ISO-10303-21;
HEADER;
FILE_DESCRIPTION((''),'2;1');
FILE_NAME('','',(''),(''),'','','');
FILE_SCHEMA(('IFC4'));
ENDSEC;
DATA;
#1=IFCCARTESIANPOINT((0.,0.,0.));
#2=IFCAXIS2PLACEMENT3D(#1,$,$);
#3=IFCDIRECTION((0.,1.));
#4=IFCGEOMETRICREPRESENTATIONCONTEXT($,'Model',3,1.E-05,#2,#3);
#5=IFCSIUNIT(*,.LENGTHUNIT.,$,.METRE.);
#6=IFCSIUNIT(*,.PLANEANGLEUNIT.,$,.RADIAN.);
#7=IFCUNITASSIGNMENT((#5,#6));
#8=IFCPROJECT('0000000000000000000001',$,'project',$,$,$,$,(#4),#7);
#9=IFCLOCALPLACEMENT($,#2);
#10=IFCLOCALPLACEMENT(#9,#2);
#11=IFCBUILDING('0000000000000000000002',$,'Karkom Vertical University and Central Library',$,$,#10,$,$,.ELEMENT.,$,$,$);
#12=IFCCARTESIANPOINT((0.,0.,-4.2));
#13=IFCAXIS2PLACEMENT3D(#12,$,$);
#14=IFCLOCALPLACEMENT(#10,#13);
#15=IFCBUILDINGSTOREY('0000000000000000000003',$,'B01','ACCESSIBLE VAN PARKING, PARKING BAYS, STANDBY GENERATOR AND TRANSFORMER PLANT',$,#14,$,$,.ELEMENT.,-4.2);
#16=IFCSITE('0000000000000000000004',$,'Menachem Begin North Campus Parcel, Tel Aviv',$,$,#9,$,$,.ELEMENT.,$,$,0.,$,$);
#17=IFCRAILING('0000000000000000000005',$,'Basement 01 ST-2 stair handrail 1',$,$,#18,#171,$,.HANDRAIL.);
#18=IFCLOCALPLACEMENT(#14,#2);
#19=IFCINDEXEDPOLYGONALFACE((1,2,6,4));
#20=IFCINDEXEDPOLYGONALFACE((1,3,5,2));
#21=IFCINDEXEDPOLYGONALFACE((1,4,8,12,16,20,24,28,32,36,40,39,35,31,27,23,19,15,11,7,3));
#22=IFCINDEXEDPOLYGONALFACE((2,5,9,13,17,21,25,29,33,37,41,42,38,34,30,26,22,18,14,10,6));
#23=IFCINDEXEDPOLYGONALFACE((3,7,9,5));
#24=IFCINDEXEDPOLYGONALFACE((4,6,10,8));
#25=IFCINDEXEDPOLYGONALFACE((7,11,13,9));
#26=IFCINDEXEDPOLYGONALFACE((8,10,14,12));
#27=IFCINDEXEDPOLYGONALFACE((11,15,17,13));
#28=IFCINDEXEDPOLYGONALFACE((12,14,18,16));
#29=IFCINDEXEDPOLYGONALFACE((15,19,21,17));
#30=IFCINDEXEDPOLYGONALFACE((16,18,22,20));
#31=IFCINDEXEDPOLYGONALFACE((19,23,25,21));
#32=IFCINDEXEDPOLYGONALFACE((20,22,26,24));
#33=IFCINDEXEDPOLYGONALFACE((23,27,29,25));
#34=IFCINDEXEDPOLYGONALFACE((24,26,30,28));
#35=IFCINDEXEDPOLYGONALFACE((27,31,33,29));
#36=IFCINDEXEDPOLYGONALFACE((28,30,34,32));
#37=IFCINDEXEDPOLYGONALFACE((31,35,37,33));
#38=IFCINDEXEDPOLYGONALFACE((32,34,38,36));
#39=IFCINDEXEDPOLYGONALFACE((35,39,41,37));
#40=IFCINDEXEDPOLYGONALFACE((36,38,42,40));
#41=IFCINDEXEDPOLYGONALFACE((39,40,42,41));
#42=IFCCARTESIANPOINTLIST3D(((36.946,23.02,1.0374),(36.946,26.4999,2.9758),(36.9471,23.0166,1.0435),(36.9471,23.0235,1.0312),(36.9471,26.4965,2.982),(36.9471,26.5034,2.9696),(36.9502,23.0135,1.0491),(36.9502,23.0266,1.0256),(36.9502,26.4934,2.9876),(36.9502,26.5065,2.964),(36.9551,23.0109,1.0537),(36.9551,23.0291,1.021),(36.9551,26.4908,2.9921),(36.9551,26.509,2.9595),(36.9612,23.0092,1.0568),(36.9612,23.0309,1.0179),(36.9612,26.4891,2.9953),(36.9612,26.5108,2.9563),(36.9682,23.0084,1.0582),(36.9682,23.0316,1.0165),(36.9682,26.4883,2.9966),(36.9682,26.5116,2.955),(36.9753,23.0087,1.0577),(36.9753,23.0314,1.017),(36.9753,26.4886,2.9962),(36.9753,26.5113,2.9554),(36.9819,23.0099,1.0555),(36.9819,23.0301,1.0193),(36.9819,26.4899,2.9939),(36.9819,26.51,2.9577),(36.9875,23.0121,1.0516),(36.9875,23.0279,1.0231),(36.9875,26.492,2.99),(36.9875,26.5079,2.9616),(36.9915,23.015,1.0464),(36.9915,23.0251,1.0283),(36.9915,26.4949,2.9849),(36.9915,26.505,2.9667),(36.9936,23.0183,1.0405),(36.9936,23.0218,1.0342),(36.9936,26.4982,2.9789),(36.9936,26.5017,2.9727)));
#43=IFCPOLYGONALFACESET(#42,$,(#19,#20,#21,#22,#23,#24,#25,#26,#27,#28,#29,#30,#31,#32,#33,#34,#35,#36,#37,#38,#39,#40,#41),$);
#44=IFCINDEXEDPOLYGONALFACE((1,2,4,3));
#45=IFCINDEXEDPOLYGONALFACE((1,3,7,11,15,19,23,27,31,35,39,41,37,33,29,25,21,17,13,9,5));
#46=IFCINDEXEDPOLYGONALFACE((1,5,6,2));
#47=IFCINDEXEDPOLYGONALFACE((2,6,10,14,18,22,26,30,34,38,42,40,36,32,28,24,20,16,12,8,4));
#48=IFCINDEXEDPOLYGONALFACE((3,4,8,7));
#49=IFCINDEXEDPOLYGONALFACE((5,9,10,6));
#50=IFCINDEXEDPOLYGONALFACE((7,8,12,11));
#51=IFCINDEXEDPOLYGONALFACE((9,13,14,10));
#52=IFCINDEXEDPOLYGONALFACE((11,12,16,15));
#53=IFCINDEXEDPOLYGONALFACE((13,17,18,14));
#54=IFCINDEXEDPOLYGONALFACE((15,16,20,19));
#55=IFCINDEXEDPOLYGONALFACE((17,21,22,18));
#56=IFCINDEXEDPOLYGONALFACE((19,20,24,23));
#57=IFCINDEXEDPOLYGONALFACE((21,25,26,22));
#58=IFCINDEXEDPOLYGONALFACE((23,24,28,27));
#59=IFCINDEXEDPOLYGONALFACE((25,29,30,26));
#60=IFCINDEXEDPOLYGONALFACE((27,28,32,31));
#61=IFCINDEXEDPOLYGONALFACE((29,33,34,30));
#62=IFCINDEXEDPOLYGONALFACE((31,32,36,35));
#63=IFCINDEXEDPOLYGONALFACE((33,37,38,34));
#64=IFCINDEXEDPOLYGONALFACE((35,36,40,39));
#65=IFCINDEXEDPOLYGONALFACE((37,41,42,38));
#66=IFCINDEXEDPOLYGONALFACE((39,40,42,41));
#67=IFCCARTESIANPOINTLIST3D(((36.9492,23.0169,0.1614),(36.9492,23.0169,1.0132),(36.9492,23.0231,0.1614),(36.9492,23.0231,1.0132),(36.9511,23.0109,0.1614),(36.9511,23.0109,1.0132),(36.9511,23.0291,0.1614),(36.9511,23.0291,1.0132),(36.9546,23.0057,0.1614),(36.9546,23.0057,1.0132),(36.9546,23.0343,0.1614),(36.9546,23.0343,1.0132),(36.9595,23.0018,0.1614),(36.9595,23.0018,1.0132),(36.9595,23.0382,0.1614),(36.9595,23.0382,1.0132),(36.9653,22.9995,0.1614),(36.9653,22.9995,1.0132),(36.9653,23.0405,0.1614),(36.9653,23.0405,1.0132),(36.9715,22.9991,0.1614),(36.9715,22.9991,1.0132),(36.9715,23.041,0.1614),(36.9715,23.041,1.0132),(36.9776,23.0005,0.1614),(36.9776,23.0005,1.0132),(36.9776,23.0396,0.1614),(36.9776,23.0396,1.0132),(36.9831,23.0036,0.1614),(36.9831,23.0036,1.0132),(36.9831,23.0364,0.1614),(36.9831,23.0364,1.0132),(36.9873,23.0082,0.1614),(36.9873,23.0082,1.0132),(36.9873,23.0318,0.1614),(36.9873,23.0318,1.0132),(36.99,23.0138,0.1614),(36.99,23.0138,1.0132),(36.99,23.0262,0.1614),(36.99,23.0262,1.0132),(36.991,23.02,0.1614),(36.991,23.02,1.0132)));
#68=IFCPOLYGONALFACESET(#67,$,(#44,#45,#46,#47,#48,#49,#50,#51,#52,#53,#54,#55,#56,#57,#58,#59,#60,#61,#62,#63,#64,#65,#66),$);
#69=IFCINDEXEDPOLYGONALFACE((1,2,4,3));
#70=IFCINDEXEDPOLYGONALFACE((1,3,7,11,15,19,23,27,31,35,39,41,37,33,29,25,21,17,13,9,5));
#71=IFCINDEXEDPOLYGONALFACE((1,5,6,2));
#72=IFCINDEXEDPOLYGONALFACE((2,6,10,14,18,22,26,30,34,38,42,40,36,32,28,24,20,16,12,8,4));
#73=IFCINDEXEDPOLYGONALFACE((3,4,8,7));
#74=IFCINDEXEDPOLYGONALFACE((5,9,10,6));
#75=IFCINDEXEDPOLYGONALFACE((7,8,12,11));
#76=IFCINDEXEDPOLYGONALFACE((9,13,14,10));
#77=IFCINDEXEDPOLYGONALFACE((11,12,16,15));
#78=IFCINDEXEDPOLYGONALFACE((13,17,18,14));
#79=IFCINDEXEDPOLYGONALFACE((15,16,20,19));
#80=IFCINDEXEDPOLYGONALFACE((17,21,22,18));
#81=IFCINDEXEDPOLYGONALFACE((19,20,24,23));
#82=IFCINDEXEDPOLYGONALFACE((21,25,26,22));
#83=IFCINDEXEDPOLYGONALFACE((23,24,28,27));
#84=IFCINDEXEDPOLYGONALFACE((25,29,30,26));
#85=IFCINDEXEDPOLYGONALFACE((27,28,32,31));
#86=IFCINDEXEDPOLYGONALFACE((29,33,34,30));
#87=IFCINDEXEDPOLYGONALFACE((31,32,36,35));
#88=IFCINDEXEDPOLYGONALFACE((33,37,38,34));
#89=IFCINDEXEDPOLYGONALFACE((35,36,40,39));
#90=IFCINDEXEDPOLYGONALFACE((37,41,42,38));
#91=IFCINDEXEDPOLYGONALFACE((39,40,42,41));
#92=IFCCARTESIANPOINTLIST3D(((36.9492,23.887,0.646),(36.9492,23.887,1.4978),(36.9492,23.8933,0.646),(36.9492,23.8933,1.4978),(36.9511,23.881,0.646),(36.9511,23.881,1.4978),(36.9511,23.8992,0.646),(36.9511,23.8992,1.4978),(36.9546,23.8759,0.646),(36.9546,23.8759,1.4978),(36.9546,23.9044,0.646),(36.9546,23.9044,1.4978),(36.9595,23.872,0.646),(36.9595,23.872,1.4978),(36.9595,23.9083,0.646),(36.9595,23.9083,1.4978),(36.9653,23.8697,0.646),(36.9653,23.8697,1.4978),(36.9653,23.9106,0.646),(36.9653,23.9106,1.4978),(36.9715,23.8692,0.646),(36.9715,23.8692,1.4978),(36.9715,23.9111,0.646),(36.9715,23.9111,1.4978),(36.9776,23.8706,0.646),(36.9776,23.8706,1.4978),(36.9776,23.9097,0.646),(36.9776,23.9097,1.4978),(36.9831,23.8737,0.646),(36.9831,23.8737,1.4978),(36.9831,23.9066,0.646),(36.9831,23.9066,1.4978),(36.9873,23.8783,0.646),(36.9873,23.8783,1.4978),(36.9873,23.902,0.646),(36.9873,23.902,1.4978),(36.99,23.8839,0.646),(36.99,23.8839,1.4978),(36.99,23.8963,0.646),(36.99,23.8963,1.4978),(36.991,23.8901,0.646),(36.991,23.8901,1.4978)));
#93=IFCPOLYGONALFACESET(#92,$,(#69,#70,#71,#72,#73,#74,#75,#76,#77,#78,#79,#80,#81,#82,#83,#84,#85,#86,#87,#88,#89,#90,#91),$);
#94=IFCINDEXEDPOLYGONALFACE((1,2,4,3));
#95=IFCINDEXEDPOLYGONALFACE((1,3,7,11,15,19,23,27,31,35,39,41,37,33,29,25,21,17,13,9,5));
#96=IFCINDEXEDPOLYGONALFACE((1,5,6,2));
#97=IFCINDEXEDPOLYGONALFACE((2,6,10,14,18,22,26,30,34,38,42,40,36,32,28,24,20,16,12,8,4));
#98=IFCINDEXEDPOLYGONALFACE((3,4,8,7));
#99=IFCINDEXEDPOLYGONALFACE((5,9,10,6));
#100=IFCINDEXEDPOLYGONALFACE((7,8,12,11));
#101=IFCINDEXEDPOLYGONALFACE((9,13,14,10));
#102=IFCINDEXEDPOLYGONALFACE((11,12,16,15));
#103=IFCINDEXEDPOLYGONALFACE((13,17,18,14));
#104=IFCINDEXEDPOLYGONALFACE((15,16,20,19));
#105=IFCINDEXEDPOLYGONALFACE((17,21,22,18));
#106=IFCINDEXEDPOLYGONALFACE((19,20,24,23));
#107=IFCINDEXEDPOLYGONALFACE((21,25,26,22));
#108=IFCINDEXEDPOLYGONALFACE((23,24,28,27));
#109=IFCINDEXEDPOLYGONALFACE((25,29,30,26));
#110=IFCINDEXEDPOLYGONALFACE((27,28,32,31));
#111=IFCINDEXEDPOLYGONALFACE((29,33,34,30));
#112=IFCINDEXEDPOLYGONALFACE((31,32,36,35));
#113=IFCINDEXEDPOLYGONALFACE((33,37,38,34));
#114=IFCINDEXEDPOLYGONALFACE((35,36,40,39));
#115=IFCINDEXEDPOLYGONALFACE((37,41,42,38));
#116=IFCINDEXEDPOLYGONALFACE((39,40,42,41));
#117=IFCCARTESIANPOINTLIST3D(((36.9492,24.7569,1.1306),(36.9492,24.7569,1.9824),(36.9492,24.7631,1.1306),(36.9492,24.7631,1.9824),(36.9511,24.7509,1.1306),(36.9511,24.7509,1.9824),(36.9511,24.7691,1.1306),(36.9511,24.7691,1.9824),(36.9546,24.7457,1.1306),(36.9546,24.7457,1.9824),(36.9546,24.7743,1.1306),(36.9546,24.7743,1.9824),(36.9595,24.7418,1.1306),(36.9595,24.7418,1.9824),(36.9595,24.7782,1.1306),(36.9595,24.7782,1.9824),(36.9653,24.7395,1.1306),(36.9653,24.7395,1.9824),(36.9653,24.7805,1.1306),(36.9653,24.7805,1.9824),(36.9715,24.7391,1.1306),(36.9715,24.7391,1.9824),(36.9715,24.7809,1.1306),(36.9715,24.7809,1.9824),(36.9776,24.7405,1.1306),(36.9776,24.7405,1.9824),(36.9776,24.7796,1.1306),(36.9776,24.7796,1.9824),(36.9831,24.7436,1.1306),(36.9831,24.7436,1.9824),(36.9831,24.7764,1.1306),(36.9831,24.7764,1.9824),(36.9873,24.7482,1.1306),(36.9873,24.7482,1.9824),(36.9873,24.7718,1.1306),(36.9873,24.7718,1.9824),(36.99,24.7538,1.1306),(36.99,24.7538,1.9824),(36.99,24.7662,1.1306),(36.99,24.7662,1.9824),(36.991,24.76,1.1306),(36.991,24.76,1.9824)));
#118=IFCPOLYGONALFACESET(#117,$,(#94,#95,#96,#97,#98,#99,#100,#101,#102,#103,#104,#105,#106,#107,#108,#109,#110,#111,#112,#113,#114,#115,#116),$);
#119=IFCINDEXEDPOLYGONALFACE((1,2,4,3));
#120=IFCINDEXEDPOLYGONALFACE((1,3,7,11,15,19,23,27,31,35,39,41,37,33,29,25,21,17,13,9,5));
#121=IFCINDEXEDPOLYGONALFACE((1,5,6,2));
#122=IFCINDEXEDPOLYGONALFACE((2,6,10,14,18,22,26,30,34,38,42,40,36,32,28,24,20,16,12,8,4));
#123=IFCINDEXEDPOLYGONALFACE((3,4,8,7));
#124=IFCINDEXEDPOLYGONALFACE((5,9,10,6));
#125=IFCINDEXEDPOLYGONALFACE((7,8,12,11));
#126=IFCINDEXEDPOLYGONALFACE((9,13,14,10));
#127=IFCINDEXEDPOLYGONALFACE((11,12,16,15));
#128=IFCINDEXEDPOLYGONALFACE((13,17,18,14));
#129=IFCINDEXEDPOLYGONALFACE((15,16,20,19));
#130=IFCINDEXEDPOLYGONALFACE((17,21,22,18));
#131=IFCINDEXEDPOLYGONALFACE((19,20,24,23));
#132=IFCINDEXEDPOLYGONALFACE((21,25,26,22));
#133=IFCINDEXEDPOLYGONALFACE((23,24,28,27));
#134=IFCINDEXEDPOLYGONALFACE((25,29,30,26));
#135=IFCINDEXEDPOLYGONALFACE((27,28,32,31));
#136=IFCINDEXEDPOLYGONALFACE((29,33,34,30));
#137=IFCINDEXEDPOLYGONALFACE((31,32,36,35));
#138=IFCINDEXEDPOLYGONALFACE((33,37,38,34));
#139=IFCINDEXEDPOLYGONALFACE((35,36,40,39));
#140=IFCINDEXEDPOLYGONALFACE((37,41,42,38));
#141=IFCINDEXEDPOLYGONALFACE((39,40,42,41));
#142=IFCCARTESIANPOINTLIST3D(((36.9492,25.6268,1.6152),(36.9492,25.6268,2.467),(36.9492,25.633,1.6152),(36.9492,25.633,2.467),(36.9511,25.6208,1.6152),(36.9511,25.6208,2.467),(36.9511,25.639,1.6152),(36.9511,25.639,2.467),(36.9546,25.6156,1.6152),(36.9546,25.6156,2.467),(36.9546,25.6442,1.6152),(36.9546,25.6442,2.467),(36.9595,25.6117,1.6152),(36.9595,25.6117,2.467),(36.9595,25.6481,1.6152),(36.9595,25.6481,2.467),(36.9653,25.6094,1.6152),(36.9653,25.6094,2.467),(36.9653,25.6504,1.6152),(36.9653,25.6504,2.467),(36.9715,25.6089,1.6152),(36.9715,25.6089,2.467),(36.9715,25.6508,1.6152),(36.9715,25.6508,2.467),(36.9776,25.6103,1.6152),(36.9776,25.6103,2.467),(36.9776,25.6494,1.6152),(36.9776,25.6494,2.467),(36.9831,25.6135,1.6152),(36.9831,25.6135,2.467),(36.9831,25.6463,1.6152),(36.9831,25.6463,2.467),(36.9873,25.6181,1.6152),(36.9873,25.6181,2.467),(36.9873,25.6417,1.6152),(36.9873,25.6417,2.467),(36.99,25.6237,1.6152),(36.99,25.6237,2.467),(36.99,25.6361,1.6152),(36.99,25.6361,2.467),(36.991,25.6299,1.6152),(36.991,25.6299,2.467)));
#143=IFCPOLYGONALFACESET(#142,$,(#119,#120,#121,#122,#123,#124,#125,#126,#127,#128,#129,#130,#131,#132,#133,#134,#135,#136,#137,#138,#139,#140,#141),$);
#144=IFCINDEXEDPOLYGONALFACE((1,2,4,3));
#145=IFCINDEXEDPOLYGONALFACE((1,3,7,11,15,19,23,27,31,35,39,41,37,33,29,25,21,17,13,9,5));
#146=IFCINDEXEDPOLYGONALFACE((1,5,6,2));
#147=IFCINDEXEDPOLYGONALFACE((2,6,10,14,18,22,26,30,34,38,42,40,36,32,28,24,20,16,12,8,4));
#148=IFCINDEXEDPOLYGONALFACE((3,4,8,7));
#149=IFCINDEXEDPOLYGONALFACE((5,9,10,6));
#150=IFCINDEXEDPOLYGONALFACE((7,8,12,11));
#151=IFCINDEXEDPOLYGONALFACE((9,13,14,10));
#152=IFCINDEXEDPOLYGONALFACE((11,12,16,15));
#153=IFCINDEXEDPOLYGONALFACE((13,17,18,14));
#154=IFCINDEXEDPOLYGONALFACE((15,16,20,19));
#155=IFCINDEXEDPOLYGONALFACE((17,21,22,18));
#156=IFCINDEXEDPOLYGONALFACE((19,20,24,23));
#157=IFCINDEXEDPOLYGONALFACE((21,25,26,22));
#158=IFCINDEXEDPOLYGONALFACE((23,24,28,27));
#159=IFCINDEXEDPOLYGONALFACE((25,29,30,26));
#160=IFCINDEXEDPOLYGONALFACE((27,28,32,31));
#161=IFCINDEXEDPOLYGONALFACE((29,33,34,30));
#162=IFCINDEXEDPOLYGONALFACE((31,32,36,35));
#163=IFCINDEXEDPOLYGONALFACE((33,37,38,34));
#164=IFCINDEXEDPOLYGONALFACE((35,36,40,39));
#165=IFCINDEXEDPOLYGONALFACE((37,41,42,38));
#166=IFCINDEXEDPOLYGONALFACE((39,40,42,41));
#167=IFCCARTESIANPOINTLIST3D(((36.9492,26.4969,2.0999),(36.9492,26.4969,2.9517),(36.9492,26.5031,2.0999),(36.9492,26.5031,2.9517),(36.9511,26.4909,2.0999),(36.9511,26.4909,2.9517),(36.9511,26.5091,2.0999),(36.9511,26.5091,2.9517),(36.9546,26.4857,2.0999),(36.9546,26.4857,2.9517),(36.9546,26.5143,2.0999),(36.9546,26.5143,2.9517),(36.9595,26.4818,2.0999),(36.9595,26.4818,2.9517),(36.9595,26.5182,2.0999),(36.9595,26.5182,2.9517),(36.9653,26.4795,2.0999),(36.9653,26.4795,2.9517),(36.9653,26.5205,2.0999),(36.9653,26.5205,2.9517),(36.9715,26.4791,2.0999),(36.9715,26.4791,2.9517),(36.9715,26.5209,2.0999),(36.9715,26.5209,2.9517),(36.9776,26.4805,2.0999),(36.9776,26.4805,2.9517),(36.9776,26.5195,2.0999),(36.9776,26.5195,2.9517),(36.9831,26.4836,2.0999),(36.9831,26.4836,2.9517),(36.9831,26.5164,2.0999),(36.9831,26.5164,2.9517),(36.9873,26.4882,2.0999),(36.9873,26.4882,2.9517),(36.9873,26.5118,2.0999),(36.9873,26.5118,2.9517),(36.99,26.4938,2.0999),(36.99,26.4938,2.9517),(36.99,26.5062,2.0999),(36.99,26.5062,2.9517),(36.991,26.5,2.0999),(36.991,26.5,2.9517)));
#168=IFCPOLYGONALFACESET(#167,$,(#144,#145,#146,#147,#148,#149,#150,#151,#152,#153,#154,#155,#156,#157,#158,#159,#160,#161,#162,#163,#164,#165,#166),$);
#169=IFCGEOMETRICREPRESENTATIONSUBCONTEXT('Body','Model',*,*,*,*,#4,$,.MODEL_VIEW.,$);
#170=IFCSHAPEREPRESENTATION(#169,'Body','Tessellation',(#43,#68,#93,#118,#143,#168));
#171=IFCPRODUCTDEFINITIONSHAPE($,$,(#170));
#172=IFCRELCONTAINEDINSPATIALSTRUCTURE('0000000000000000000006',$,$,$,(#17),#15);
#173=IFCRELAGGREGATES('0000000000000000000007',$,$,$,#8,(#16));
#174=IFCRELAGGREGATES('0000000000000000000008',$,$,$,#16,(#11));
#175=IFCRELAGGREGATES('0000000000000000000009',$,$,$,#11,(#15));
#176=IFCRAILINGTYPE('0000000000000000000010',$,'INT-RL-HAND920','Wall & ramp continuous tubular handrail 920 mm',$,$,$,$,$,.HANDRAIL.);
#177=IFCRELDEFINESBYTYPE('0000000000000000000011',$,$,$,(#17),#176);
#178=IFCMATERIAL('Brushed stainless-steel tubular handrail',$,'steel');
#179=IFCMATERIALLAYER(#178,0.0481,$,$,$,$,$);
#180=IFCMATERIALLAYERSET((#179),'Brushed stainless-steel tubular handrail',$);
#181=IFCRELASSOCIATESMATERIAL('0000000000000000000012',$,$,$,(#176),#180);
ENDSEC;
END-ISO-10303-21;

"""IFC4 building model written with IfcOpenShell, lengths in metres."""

from ifc_helpers import new_model, si_unit, direction, frame, origin, origin_2d, place, context, subcontext, project, spatial, circle, extrude, material, layer, layer_set, type_object, element, save


model = new_model("IFC4")

# Units and contexts
model_context = context("Model", 3, precision=1e-05, world=origin(), true_north=direction((0.0, 1.0)))
body_context = subcontext(model_context, "Body", "Model", "MODEL_VIEW")
ifc_project = project(units=[si_unit("LENGTHUNIT", "METRE"), si_unit("PLANEANGLEUNIT", "RADIAN")], contexts=[model_context])

# Site, building, storey
site_placement = place(None, origin())
site = spatial("IfcSite", under=ifc_project, at=site_placement, Name="Menachem Begin North Campus Parcel, Tel Aviv", CompositionType="ELEMENT", RefElevation=0.0)
building_placement = place(site_placement, origin())
building = spatial("IfcBuilding", under=site, at=building_placement, Name="Karkom Vertical University and Central Library", CompositionType="ELEMENT")
storey_placement = place(building_placement, frame((0.0, 0.0, -4.2)))
storey = spatial("IfcBuildingStorey", under=building, at=storey_placement, Name="B01", Description="ACCESSIBLE VAN PARKING, PARKING BAYS, STANDBY GENERATOR AND TRANSFORMER PLANT", CompositionType="ELEMENT", Elevation=-4.2)

# Railing
ifc_material_1 = material(Name="Brushed stainless-steel tubular handrail", Category="steel")
ifc_layer_1 = layer(ifc_material_1, 0.0481)
ifc_layer_set_1 = layer_set([ifc_layer_1], Name="Brushed stainless-steel tubular handrail")
railing_type_1 = type_object("IfcRailingType", Name="INT-RL-HAND920", Description="Wall & ramp continuous tubular handrail 920 mm", PredefinedType="HANDRAIL", material=ifc_layer_set_1)
railing_1_placement = place(storey_placement, frame((36.97, 23.02, 0.1614)))
element("IfcRailing", 1, at=railing_1_placement, inside=storey, type_object=railing_type_1, Name="Basement 01 ST-2 stair handrail 1", PredefinedType="HANDRAIL", context=body_context, shape_type="SweptSolid", body=[
    extrude(circle(Radius=0.0239, at=origin_2d()), frame((0.0, 0.0, 0.876), z_axis=(0.0, 0.873607, 0.486631), x_axis=(-1.0, 0.0, 0.0)), (0.0, 0.0, 1.0), 3.9834),
    extrude(circle(Radius=0.021, at=origin_2d()), origin(), (0.0, 0.0, 1.0), 0.8518),
    extrude(circle(Radius=0.021, at=origin_2d()), frame((0.0, 0.8701, 0.4846)), (0.0, 0.0, 1.0), 0.8518),
    extrude(circle(Radius=0.021, at=origin_2d()), frame((0.0, 1.74, 0.9692)), (0.0, 0.0, 1.0), 0.8518),
    extrude(circle(Radius=0.021, at=origin_2d()), frame((0.0, 2.6099, 1.4539)), (0.0, 0.0, 1.0), 0.8518),
    extrude(circle(Radius=0.021, at=origin_2d()), frame((0.0, 3.48, 1.9385)), (0.0, 0.0, 1.0), 0.8518),
])

save(model, "model.ifc")
